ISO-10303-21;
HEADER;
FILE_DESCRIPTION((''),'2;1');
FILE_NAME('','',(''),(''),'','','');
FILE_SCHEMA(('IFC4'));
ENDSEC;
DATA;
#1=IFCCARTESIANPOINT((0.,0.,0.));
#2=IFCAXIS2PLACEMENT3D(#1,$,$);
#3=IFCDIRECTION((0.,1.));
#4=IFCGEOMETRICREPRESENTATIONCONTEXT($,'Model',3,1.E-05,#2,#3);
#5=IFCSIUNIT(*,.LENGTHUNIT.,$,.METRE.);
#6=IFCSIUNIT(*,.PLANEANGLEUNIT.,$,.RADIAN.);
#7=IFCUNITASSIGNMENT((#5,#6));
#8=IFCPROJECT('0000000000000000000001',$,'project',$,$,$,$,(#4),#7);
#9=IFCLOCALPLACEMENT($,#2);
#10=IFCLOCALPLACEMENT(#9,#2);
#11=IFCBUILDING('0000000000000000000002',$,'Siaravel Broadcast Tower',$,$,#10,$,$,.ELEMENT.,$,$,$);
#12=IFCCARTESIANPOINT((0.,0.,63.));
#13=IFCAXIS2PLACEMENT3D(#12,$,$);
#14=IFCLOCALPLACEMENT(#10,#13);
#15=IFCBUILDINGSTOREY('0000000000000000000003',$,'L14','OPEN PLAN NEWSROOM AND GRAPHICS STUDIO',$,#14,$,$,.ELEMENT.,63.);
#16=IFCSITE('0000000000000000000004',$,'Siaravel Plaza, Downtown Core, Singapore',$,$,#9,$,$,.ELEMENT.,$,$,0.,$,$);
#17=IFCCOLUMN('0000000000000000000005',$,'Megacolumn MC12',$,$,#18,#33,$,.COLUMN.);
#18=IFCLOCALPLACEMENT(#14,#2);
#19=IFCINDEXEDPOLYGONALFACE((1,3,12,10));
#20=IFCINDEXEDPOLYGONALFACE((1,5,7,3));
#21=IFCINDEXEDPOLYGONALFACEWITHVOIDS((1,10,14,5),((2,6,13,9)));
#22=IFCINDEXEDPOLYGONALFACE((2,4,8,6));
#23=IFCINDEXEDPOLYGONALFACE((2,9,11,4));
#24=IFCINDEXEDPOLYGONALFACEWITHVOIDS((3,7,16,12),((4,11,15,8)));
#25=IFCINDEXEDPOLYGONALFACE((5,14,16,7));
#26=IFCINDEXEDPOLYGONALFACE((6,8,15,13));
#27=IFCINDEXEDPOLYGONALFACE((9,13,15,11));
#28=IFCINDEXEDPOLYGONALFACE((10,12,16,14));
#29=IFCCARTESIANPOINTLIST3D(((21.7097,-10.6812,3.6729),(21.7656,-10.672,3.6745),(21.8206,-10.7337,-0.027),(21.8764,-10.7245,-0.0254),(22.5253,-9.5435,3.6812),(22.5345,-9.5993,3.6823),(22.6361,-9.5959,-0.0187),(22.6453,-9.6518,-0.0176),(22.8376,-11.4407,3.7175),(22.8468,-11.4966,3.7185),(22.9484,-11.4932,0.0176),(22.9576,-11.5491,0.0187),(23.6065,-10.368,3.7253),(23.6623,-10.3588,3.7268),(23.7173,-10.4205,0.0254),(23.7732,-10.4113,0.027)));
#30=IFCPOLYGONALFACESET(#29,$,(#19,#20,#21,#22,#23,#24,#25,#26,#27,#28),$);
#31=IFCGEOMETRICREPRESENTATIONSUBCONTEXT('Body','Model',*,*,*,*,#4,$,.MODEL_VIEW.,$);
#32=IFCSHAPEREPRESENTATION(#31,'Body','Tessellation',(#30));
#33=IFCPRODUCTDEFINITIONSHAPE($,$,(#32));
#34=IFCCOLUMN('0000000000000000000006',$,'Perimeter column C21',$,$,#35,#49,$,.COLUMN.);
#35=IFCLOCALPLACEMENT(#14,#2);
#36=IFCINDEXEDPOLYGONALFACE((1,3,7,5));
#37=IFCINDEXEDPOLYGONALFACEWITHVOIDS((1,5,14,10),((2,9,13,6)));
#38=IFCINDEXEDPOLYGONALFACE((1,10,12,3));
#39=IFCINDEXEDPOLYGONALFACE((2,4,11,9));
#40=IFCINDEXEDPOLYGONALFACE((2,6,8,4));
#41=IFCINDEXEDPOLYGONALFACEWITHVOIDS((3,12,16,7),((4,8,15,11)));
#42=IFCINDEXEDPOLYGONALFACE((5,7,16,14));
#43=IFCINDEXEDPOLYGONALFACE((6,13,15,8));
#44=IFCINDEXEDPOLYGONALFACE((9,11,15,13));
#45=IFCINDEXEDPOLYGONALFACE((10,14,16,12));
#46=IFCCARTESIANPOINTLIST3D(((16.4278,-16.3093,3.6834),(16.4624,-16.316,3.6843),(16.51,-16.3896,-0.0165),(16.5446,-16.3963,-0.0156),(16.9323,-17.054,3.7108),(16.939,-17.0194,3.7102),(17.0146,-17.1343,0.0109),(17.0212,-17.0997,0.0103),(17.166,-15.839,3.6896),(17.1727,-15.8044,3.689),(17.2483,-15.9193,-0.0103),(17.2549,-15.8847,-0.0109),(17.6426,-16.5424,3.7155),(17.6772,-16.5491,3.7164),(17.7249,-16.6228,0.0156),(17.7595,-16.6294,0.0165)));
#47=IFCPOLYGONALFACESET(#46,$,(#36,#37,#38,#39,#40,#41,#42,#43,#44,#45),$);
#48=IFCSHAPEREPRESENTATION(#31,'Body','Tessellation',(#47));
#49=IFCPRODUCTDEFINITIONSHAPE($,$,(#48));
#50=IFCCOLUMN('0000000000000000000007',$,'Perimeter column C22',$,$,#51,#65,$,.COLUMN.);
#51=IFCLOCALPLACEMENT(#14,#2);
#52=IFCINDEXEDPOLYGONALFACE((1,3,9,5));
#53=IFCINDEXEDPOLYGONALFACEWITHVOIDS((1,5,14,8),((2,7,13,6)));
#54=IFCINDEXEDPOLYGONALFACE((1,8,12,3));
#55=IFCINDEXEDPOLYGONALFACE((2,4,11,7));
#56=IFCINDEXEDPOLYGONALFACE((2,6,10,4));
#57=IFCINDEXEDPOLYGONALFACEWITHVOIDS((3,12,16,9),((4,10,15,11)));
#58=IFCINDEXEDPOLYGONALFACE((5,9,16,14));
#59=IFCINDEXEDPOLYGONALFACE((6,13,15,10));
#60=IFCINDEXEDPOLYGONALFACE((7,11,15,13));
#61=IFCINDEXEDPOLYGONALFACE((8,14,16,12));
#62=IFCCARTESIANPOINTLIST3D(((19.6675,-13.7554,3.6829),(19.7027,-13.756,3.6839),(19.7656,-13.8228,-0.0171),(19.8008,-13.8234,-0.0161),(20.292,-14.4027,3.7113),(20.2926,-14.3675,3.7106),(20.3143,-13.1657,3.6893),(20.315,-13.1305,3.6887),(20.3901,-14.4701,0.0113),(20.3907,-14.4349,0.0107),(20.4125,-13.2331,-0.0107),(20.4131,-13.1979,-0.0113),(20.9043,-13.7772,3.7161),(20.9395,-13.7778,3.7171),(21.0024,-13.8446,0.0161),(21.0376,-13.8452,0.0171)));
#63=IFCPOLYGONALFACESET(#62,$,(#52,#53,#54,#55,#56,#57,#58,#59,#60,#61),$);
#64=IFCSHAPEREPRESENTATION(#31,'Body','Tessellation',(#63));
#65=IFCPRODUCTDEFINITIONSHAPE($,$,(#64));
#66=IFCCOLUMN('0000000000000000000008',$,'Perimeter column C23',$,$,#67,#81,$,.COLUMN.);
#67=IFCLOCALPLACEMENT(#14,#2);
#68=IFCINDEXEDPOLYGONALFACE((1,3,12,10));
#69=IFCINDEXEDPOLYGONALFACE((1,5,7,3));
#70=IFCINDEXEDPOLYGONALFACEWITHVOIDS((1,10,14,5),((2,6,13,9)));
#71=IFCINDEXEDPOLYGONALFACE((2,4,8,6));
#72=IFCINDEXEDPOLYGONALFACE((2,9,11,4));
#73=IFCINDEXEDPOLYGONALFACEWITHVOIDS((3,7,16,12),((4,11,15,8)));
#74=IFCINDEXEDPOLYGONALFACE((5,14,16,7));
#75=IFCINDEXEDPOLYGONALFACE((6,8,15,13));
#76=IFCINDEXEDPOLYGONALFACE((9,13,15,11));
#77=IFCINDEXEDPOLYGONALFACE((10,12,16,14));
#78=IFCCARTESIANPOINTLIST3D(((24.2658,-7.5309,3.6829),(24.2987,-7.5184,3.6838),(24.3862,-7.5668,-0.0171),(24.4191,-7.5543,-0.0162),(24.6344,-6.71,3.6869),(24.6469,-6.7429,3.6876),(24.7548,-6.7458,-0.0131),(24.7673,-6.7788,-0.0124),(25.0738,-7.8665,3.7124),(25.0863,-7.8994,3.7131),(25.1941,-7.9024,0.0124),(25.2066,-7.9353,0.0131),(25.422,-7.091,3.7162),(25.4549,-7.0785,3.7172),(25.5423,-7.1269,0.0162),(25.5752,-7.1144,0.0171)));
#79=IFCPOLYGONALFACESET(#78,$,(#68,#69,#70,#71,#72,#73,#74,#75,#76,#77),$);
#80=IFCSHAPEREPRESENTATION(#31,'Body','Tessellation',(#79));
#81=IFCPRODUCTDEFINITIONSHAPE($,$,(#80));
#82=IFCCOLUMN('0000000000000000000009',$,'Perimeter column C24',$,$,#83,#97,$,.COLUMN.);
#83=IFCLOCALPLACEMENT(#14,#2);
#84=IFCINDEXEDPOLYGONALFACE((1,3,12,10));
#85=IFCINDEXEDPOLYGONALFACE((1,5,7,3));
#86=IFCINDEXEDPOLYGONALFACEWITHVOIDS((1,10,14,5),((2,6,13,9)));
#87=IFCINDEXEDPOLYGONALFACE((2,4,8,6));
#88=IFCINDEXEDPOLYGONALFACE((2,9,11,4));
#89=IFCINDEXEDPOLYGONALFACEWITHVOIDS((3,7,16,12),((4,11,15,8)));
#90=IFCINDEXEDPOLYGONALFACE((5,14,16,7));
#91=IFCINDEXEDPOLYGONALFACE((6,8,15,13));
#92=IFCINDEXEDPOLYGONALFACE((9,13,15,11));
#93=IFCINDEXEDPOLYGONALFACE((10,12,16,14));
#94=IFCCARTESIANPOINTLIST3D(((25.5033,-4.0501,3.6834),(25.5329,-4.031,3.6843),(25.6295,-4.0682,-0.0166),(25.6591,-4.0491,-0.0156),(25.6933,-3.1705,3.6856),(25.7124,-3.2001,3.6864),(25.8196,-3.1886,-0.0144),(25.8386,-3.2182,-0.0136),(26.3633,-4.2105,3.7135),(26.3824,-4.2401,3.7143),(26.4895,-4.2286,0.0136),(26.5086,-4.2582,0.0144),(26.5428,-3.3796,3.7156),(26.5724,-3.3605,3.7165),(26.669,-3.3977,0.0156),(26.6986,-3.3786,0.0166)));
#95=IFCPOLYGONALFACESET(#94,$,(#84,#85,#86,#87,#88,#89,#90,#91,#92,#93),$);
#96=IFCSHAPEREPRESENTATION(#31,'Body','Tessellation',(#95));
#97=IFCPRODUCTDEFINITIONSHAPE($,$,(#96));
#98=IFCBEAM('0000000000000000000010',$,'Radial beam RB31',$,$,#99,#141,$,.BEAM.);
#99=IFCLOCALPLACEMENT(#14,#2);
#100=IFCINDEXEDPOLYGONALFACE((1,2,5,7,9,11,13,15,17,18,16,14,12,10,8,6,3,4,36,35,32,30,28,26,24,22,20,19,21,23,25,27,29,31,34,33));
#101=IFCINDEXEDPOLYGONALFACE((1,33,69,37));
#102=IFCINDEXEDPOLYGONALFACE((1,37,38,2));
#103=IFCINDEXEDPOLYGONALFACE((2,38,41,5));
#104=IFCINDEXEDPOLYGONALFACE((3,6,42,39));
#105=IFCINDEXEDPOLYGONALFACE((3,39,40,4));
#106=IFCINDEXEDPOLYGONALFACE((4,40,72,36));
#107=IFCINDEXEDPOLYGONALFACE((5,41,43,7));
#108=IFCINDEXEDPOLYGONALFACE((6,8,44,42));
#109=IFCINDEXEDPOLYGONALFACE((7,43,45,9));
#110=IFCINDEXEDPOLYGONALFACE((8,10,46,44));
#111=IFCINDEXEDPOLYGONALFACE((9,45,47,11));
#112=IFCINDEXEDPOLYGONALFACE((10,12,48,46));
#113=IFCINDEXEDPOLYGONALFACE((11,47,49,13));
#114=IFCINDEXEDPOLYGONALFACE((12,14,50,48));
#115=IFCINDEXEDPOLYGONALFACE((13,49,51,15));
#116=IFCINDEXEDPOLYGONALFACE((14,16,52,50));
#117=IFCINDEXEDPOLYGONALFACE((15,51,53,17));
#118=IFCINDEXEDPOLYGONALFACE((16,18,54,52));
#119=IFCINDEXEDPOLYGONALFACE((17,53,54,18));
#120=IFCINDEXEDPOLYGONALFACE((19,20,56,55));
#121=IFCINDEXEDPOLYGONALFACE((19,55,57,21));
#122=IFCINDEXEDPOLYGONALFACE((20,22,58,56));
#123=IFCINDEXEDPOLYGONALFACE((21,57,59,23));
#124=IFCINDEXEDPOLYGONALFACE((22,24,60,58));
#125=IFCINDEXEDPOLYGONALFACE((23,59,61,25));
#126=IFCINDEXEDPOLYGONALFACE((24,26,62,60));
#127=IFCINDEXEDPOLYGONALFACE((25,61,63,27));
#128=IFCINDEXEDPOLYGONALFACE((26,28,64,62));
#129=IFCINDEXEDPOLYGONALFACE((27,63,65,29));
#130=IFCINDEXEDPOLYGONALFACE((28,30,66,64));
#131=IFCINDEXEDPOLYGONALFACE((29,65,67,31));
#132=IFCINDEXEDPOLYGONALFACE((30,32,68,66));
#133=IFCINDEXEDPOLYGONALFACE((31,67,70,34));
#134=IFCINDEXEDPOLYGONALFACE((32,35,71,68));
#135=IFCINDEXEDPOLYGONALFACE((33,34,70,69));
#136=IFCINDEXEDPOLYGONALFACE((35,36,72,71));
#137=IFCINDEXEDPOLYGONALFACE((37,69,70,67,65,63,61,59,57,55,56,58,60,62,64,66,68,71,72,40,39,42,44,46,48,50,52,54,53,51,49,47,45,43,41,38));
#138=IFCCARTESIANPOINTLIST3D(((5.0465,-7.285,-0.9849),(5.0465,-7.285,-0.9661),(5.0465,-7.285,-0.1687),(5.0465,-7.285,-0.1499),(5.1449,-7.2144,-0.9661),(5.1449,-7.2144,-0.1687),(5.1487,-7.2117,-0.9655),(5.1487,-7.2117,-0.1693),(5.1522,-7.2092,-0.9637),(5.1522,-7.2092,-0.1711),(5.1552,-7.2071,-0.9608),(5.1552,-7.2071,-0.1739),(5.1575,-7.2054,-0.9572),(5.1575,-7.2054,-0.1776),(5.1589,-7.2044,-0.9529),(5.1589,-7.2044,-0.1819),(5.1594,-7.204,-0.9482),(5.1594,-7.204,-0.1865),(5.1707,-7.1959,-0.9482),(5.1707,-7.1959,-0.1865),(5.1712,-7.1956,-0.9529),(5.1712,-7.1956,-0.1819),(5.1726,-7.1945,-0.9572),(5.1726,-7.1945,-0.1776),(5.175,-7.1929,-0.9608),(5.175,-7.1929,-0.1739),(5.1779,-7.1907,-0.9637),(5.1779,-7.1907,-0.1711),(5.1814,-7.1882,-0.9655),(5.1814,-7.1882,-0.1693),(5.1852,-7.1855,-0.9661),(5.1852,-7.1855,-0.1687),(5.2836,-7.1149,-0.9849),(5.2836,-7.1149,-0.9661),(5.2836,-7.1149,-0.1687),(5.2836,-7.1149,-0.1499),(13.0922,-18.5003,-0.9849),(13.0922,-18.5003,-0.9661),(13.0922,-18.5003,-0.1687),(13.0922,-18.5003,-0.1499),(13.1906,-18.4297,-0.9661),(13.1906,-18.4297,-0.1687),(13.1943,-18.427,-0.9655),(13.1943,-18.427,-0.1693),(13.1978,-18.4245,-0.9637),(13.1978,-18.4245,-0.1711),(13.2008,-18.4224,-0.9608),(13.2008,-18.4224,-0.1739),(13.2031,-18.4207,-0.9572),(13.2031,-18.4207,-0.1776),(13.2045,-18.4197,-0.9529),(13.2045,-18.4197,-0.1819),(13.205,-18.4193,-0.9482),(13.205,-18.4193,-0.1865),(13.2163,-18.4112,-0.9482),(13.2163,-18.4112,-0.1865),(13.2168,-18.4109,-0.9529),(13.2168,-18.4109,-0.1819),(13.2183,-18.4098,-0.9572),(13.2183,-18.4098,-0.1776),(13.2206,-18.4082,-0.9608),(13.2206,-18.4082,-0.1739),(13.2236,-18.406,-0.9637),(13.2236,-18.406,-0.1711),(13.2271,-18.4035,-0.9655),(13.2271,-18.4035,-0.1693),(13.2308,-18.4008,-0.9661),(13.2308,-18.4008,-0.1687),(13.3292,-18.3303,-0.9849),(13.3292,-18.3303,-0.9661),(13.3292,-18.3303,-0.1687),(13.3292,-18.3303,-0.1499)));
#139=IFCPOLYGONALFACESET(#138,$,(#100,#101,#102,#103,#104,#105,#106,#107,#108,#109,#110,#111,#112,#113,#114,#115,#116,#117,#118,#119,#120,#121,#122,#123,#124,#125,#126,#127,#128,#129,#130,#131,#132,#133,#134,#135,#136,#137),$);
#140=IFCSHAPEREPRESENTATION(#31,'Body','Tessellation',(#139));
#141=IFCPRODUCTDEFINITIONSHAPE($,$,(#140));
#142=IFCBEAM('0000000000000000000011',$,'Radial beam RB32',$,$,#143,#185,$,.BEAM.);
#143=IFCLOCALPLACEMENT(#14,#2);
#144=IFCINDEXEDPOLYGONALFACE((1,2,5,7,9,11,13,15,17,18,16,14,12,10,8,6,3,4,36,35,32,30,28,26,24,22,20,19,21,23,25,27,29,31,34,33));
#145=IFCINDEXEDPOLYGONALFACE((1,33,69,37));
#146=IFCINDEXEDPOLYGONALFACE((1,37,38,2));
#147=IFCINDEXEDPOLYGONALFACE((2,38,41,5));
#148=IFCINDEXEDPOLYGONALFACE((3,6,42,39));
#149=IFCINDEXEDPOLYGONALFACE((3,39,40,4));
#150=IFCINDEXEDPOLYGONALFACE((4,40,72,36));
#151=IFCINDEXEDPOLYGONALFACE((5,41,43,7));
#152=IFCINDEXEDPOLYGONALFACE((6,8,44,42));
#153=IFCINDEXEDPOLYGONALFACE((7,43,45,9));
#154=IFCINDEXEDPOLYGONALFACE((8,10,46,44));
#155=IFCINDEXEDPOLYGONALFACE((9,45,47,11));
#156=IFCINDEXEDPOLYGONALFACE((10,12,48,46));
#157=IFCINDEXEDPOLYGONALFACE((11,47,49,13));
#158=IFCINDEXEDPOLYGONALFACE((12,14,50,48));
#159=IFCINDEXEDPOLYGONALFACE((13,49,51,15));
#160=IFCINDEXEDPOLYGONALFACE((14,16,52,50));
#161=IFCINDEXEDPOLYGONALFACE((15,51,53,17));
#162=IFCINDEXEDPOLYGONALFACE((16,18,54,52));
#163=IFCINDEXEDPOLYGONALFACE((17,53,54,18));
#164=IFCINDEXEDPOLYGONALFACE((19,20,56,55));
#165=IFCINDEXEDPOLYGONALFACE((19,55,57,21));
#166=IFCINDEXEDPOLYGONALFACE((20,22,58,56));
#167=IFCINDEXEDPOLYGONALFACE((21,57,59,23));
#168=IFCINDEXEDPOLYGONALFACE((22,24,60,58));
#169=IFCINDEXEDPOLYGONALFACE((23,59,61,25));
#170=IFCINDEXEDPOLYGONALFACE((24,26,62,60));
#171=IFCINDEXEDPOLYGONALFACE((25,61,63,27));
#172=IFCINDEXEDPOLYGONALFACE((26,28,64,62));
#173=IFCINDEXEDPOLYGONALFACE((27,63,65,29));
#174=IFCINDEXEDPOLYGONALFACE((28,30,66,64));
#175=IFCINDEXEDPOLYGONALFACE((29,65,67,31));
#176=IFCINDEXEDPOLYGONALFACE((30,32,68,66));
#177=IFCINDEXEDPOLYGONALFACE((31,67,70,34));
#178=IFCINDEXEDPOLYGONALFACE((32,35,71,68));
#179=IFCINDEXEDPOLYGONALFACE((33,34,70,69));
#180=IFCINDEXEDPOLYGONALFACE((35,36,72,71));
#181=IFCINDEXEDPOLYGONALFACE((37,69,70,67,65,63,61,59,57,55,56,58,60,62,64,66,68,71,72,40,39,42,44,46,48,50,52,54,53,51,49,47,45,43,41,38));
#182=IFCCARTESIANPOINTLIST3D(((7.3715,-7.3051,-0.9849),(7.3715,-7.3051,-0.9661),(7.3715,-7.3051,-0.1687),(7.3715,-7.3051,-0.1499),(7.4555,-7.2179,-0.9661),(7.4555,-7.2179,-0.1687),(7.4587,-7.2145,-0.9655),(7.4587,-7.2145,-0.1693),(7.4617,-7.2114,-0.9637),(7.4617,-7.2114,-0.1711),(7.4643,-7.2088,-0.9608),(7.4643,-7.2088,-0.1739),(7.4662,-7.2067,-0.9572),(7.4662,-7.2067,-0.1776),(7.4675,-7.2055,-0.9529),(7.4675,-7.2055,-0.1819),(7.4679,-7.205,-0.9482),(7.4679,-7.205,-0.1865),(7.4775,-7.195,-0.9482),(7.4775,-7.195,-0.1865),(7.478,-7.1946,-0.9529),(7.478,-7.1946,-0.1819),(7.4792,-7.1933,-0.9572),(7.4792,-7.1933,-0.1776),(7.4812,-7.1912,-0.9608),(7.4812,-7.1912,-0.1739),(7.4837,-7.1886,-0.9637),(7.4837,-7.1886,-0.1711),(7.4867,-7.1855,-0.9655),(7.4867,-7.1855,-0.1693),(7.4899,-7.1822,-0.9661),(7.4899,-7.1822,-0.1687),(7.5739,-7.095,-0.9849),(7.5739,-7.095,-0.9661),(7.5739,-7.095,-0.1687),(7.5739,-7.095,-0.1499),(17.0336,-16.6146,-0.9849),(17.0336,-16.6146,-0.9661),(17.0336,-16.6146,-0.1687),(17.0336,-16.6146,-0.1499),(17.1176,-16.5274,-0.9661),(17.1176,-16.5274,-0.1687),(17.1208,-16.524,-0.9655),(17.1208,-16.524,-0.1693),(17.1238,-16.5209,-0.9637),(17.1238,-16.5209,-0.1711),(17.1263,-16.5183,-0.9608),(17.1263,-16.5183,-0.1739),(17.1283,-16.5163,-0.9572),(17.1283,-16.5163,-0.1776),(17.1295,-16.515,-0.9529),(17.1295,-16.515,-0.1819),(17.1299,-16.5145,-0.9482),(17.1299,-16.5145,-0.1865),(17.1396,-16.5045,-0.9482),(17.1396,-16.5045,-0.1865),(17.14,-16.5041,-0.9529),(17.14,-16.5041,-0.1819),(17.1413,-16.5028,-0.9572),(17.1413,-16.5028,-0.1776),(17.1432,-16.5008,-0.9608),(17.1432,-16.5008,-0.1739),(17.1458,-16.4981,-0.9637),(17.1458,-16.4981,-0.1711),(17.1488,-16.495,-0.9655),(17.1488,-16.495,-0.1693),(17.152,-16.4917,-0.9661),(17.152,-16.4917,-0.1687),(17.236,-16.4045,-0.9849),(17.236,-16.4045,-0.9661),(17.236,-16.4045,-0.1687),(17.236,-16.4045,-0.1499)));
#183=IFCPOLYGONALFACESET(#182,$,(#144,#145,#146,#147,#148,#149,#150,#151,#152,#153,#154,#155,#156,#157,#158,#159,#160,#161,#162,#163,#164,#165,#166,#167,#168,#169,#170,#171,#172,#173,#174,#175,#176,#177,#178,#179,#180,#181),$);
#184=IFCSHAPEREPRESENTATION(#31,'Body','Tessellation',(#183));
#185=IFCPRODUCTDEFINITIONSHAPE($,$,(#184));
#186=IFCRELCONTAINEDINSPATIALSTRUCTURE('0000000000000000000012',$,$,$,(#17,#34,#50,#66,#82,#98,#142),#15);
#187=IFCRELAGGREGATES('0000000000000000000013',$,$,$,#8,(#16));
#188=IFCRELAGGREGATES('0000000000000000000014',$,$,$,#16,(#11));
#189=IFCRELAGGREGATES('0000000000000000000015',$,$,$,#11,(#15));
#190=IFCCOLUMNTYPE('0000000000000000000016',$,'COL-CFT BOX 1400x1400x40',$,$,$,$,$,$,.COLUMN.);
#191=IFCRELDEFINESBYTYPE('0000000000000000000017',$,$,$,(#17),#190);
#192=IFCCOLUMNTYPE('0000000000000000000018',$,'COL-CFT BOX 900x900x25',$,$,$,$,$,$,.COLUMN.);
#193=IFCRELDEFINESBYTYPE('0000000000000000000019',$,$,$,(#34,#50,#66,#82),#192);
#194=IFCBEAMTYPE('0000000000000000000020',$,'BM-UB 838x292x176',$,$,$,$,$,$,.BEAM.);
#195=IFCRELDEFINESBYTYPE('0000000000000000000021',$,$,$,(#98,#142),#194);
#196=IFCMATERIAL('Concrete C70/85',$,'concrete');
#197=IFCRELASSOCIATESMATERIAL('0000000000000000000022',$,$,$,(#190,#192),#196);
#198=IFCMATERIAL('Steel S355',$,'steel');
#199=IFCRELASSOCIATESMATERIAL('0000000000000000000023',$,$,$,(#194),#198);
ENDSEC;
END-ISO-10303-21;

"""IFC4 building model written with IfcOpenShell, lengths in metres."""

from ifc_helpers import new_model, si_unit, direction, frame, origin, origin_2d, place, context, subcontext, project, spatial, hollow_rectangle, i_section, extrude, material, material_profile, profile_set, type_object, element, save


model = new_model("IFC4")

# Units and contexts
model_context = context("Model", 3, precision=1e-05, world=origin(), true_north=direction((0.0, 1.0)))
body_context = subcontext(model_context, "Body", "Model", "MODEL_VIEW")
ifc_project = project(units=[si_unit("LENGTHUNIT", "METRE"), si_unit("PLANEANGLEUNIT", "RADIAN")], contexts=[model_context])

# Site, building, storey
site_placement = place(None, origin())
site = spatial("IfcSite", under=ifc_project, at=site_placement, Name="Siaravel Plaza, Downtown Core, Singapore", CompositionType="ELEMENT", RefElevation=0.0)
building_placement = place(site_placement, origin())
building = spatial("IfcBuilding", under=site, at=building_placement, Name="Siaravel Broadcast Tower", CompositionType="ELEMENT")
storey_placement = place(building_placement, frame((0.0, 0.0, 63.0)))
storey = spatial("IfcBuildingStorey", under=building, at=storey_placement, Name="L14", Description="OPEN PLAN NEWSROOM AND GRAPHICS STUDIO", CompositionType="ELEMENT", Elevation=63.0)

# Columns
ifc_material_1 = material(Name="Concrete C70/85", Category="concrete")
ifc_material_profile_1 = material_profile(ifc_material_1, hollow_rectangle(XDim=1.3999, YDim=1.3999, WallThickness=0.04, at=origin_2d()))
ifc_profile_set_1 = profile_set([ifc_material_profile_1], Name="Concrete C70/85")
column_type_1 = type_object("IfcColumnType", Name="COL-CFT BOX 1400x1400x40", PredefinedType="COLUMN", material=ifc_profile_set_1)
column_1_placement = place(storey_placement, frame((22.7969, -10.5725, 0.0), z_axis=(-0.029941, 0.014179, 0.999451), x_axis=(-0.582584, -0.812749, -0.005922)))
element("IfcColumn", 1, at=column_1_placement, inside=storey, type_object=column_type_1, Name="Megacolumn MC12", PredefinedType="COLUMN", context=body_context, shape_type="SweptSolid", body=[
    extrude(hollow_rectangle(XDim=1.3999, YDim=1.3999, WallThickness=0.04, at=origin_2d()), origin(), (0.0, 0.0, 1.0), 3.7019),
])
ifc_material_profile_2 = material_profile(ifc_material_1, hollow_rectangle(XDim=0.8999, YDim=0.8999, WallThickness=0.0249, at=origin_2d()))
ifc_profile_set_2 = profile_set([ifc_material_profile_2], Name="Concrete C70/85")
column_type_2 = type_object("IfcColumnType", Name="COL-CFT BOX 900x900x25", PredefinedType="COLUMN", material=ifc_profile_set_2)
column_2_placement = place(storey_placement, frame((17.1348, -16.5095, 0.0), z_axis=(-0.022226, 0.021699, 0.999517), x_axis=(-0.827744, -0.561071, -0.006226)))
element("IfcColumn", 2, at=column_2_placement, inside=storey, type_object=column_type_2, Name="Perimeter column C21", PredefinedType="COLUMN", context=body_context, shape_type="SweptSolid", body=[
    extrude(hollow_rectangle(XDim=0.8999, YDim=0.8999, WallThickness=0.0249, at=origin_2d()), origin(), (0.0, 0.0, 1.0), 3.7017),
])
column_3_placement = place(storey_placement, frame((20.4016, -13.834, 0.0), z_axis=(-0.026512, 0.018202, 0.999483), x_axis=(-0.719524, -0.694438, -0.006439)))
element("IfcColumn", 3, at=column_3_placement, inside=storey, type_object=column_type_2, Name="Perimeter column C22", PredefinedType="COLUMN", context=body_context, shape_type="SweptSolid", body=[
    extrude(hollow_rectangle(XDim=0.8999, YDim=0.8999, WallThickness=0.0249, at=origin_2d()), origin(), (0.0, 0.0, 1.0), 3.7019),
])
for number, where, z_axis, x_axis, name in (
    (4, (24.9807, -7.3406, 0.0), (-0.032512, 0.009694, 0.999424), (-0.409615, -0.912247, -0.004476), "Perimeter column C23"),
    (5, (26.1641, -3.7234, 0.0), (-0.034094, 0.00488, 0.999407), (-0.211191, -0.977442, -0.002432), "Perimeter column C24"),
):
    element("IfcColumn", number, at=place(storey_placement, frame(where, z_axis=z_axis, x_axis=x_axis)), inside=storey, type_object=column_type_2, Name=name, PredefinedType="COLUMN", context=body_context, shape_type="SweptSolid", body=[
        extrude(hollow_rectangle(XDim=0.8999, YDim=0.8999, WallThickness=0.0249, at=origin_2d()), origin(), (0.0, 0.0, 1.0), 3.7021),
    ])

# Beams
ifc_material_2 = material(Name="Steel S355", Category="steel")
ifc_material_profile_3 = material_profile(ifc_material_2, i_section(OverallWidth=0.2917, OverallDepth=0.835, WebThickness=0.0139, FlangeThickness=0.0188, FilletRadius=0.0178, at=origin_2d()))
ifc_profile_set_3 = profile_set([ifc_material_profile_3], Name="Steel S355")
beam_type = type_object("IfcBeamType", Name="BM-UB 838x292x176", PredefinedType="BEAM", material=ifc_profile_set_3)
beam_1_placement = place(storey_placement, frame((13.2107, -18.4153, -0.5674), z_axis=(-0.582902, 0.812543, 0.0), x_axis=(-0.812543, -0.582902, 0.0)))
element("IfcBeam", 6, at=beam_1_placement, inside=storey, type_object=beam_type, Name="Radial beam RB31", PredefinedType="BEAM", context=body_context, shape_type="SweptSolid", body=[
    extrude(i_section(OverallWidth=0.2917, OverallDepth=0.835, WebThickness=0.0139, FlangeThickness=0.0188, FilletRadius=0.0178, at=origin_2d()), origin(), (0.0, 0.0, 1.0), 13.8027),
])
beam_2_placement = place(storey_placement, frame((17.1348, -16.5095, -0.5674), z_axis=(-0.720122, 0.693847, 0.0), x_axis=(-0.693847, -0.720122, 0.0)))
element("IfcBeam", 7, at=beam_2_placement, inside=storey, type_object=beam_type, Name="Radial beam RB32", PredefinedType="BEAM", context=body_context, shape_type="SweptSolid", body=[
    extrude(i_section(OverallWidth=0.2917, OverallDepth=0.835, WebThickness=0.0139, FlangeThickness=0.0188, FilletRadius=0.0178, at=origin_2d()), origin(), (0.0, 0.0, 1.0), 13.4172),
])

save(model, "model.ifc")
